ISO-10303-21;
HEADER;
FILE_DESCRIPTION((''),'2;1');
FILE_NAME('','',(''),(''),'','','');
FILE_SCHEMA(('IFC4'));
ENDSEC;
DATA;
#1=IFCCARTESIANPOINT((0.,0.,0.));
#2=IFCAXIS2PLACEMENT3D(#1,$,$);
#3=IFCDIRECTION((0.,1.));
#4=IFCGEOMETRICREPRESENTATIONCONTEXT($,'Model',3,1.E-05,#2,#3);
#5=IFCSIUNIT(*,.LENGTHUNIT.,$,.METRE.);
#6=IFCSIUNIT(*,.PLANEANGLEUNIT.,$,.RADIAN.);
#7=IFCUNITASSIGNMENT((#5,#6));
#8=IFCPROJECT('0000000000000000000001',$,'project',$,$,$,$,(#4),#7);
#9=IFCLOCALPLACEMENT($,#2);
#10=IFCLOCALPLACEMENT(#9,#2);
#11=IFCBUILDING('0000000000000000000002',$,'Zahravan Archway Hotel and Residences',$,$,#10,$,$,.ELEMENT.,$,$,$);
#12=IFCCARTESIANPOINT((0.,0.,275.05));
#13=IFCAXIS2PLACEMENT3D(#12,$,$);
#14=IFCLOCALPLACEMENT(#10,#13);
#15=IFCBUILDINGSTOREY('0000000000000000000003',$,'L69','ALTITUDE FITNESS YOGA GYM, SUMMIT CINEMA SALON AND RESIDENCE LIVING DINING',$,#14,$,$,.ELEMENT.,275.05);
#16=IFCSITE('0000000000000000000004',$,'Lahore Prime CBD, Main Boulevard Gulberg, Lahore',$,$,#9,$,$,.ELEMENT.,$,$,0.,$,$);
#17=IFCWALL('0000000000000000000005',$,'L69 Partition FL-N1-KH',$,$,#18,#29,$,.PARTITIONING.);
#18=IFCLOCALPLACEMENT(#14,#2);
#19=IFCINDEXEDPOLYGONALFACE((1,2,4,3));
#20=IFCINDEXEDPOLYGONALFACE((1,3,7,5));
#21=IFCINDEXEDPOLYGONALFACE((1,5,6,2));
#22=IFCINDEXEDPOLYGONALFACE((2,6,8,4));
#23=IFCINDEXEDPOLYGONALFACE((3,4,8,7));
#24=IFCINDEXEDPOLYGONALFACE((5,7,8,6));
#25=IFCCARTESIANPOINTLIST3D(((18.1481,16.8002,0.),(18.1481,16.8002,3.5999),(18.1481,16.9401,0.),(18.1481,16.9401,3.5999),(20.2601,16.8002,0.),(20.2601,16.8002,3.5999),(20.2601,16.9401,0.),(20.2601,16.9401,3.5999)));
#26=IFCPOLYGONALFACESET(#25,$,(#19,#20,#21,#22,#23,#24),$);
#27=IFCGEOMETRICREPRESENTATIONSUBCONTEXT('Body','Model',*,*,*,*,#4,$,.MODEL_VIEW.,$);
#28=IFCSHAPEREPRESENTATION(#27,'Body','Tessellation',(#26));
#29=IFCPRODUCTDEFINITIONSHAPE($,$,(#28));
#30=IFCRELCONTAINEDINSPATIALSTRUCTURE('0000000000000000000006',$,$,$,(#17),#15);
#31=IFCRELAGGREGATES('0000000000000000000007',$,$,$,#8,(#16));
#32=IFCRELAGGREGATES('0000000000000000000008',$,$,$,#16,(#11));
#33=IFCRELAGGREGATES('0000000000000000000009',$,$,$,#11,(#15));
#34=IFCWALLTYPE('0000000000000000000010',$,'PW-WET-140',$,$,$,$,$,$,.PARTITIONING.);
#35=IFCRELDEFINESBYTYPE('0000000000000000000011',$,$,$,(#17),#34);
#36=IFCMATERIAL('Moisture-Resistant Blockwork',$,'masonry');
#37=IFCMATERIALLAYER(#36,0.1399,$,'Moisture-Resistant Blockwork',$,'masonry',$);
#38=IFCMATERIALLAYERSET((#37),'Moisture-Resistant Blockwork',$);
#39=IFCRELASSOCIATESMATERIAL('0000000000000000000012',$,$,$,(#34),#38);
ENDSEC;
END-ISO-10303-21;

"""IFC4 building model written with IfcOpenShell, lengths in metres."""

from ifc_helpers import new_model, si_unit, direction, frame, frame_2d, origin, place, context, subcontext, project, spatial, rectangle, extrude, material, layer, layer_set, type_object, element, save


model = new_model("IFC4")

# Units and contexts
model_context = context("Model", 3, precision=1e-05, world=origin(), true_north=direction((0.0, 1.0)))
body_context = subcontext(model_context, "Body", "Model", "MODEL_VIEW")
ifc_project = project(units=[si_unit("LENGTHUNIT", "METRE"), si_unit("PLANEANGLEUNIT", "RADIAN")], contexts=[model_context])

# Site, building, storey
site_placement = place(None, origin())
site = spatial("IfcSite", under=ifc_project, at=site_placement, Name="Lahore Prime CBD, Main Boulevard Gulberg, Lahore", CompositionType="ELEMENT", RefElevation=0.0)
building_placement = place(site_placement, origin())
building = spatial("IfcBuilding", under=site, at=building_placement, Name="Zahravan Archway Hotel and Residences", CompositionType="ELEMENT")
storey_placement = place(building_placement, frame((0.0, 0.0, 275.05)))
storey = spatial("IfcBuildingStorey", under=building, at=storey_placement, Name="L69", Description="ALTITUDE FITNESS YOGA GYM, SUMMIT CINEMA SALON AND RESIDENCE LIVING DINING", CompositionType="ELEMENT", Elevation=275.05)

# Wall
ifc_material_1 = material(Name="Moisture-Resistant Blockwork", Category="masonry")
ifc_layer_1 = layer(ifc_material_1, 0.1399, Name="Moisture-Resistant Blockwork", Category="masonry")
ifc_layer_set_1 = layer_set([ifc_layer_1], Name="Moisture-Resistant Blockwork")
wall_type_1 = type_object("IfcWallType", Name="PW-WET-140", PredefinedType="PARTITIONING", material=ifc_layer_set_1)
wall_1_placement = place(storey_placement, frame((18.1479, 16.8701, 0.0), z_axis=(0.0, 0.0, 1.0), x_axis=(1.0, 0.0, 0.0)))
element("IfcWall", 1, at=wall_1_placement, inside=storey, type_object=wall_type_1, Name="L69 Partition FL-N1-KH", PredefinedType="PARTITIONING", context=body_context, shape_type="SweptSolid", body=[
    extrude(rectangle(XDim=2.1121, YDim=0.1399, at=frame_2d((1.0562, 0.0))), origin(), (0.0, 0.0, 1.0), 3.5999),
])

save(model, "model.ifc")
